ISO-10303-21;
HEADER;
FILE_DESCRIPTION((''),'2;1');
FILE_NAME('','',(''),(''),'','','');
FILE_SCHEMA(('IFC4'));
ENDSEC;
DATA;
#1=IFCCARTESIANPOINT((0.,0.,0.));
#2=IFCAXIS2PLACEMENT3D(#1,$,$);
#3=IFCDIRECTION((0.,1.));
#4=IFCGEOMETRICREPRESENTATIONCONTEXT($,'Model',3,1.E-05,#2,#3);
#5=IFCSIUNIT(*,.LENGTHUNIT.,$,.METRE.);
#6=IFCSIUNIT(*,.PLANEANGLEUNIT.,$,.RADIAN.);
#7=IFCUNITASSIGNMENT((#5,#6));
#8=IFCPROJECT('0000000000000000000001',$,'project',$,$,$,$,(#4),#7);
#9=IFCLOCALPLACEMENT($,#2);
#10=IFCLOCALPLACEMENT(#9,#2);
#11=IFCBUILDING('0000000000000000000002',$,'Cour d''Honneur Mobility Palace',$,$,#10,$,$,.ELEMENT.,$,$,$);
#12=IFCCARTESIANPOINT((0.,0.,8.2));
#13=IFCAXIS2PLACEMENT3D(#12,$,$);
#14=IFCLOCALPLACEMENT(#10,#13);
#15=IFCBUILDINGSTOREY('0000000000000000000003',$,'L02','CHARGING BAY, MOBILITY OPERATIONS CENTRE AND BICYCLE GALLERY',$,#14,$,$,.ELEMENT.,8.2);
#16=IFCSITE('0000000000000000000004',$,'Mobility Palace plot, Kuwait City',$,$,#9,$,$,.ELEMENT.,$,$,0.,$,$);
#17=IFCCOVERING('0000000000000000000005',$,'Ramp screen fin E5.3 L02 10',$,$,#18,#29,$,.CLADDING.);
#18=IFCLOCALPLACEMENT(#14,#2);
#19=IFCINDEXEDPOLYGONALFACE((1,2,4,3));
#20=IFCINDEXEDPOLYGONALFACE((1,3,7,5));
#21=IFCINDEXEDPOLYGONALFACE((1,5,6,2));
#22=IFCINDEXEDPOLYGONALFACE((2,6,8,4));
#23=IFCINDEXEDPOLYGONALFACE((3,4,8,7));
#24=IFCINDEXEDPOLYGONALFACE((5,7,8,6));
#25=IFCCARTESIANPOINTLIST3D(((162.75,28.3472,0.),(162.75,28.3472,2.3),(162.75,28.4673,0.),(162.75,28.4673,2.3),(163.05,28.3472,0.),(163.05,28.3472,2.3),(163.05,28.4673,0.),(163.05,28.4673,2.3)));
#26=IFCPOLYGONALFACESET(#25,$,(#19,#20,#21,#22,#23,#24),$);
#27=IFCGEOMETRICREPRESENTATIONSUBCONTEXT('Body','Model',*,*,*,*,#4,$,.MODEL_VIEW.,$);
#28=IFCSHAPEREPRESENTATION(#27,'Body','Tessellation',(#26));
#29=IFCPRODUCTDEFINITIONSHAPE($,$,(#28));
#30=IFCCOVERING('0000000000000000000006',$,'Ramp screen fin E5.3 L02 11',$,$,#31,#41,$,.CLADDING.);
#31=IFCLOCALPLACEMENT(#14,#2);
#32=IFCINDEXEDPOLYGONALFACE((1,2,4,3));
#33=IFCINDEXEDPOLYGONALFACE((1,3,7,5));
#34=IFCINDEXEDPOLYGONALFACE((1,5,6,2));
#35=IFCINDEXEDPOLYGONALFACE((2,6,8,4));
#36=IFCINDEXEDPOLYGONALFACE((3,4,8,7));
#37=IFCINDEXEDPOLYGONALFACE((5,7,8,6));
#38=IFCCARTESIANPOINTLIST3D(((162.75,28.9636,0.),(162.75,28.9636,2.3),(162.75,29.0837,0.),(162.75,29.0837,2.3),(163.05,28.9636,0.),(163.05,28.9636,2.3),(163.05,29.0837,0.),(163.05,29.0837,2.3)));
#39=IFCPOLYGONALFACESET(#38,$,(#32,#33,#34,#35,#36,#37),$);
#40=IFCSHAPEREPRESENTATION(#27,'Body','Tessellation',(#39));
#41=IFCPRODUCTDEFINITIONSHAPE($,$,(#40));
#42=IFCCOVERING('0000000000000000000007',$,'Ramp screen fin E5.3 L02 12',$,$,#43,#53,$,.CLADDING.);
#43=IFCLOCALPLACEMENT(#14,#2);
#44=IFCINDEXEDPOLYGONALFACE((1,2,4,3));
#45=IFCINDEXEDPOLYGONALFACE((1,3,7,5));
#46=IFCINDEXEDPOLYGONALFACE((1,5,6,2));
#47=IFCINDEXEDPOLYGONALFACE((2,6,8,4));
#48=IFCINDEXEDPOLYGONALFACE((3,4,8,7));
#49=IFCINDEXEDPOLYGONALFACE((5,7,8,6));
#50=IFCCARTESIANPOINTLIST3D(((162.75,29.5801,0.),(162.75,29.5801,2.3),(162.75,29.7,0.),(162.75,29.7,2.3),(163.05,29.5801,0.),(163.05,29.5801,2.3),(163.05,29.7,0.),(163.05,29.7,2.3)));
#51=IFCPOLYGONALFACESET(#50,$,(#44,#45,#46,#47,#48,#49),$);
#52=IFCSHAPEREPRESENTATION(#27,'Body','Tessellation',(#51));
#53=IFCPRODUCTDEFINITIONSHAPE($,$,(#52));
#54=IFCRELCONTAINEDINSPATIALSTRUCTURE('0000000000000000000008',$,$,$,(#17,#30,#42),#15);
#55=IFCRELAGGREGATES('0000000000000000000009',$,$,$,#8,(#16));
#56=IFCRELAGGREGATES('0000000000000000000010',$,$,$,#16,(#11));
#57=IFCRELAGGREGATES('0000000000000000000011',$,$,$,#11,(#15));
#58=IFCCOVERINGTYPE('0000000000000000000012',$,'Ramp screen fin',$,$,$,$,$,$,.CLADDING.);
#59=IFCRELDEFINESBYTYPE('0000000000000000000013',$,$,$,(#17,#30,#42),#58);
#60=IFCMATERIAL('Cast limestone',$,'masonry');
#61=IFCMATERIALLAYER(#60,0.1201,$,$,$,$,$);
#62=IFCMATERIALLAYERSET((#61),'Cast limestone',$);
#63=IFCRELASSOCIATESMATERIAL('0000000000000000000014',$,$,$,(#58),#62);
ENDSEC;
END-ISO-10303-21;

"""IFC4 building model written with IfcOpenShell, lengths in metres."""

from ifc_helpers import new_model, si_unit, direction, frame, origin, place, context, subcontext, project, spatial, polyline, outline, extrude, material, layer, layer_set, type_object, element, save


model = new_model("IFC4")

# Units and contexts
model_context = context("Model", 3, precision=1e-05, world=origin(), true_north=direction((0.0, 1.0)))
body_context = subcontext(model_context, "Body", "Model", "MODEL_VIEW")
ifc_project = project(units=[si_unit("LENGTHUNIT", "METRE"), si_unit("PLANEANGLEUNIT", "RADIAN")], contexts=[model_context])

# Site, building, storey
site_placement = place(None, origin())
site = spatial("IfcSite", under=ifc_project, at=site_placement, Name="Mobility Palace plot, Kuwait City", CompositionType="ELEMENT", RefElevation=0.0)
building_placement = place(site_placement, origin())
building = spatial("IfcBuilding", under=site, at=building_placement, Name="Cour d'Honneur Mobility Palace", CompositionType="ELEMENT")
storey_placement = place(building_placement, frame((0.0, 0.0, 8.2)))
storey = spatial("IfcBuildingStorey", under=building, at=storey_placement, Name="L02", Description="CHARGING BAY, MOBILITY OPERATIONS CENTRE AND BICYCLE GALLERY", CompositionType="ELEMENT", Elevation=8.2)

# Coverings
ifc_material = material(Name="Cast limestone", Category="masonry")
ifc_layer = layer(ifc_material, 0.1201)
ifc_layer_set = layer_set([ifc_layer], Name="Cast limestone")
covering_type = type_object("IfcCoveringType", Name="Ramp screen fin", PredefinedType="CLADDING", material=ifc_layer_set)
covering_1_placement = place(storey_placement, origin())
element("IfcCovering", 1, at=covering_1_placement, inside=storey, type_object=covering_type, Name="Ramp screen fin E5.3 L02 10", PredefinedType="CLADDING", context=body_context, shape_type="SweptSolid", body=[
    extrude(outline(polyline([(162.75, 28.3472), (162.75, 28.4673), (163.05, 28.4673), (163.05, 28.3472), (162.75, 28.3472)])), origin(), (0.0, 0.0, 1.0), 2.3),
])
covering_2_placement = place(storey_placement, origin())
element("IfcCovering", 2, at=covering_2_placement, inside=storey, type_object=covering_type, Name="Ramp screen fin E5.3 L02 11", PredefinedType="CLADDING", context=body_context, shape_type="SweptSolid", body=[
    extrude(outline(polyline([(162.75, 28.9636), (162.75, 29.0837), (163.05, 29.0837), (163.05, 28.9636), (162.75, 28.9636)])), origin(), (0.0, 0.0, 1.0), 2.3),
])
covering_3_placement = place(storey_placement, origin())
element("IfcCovering", 3, at=covering_3_placement, inside=storey, type_object=covering_type, Name="Ramp screen fin E5.3 L02 12", PredefinedType="CLADDING", context=body_context, shape_type="SweptSolid", body=[
    extrude(outline(polyline([(162.75, 29.5801), (162.75, 29.7), (163.05, 29.7), (163.05, 29.5801), (162.75, 29.5801)])), origin(), (0.0, 0.0, 1.0), 2.3),
])

save(model, "model.ifc")
